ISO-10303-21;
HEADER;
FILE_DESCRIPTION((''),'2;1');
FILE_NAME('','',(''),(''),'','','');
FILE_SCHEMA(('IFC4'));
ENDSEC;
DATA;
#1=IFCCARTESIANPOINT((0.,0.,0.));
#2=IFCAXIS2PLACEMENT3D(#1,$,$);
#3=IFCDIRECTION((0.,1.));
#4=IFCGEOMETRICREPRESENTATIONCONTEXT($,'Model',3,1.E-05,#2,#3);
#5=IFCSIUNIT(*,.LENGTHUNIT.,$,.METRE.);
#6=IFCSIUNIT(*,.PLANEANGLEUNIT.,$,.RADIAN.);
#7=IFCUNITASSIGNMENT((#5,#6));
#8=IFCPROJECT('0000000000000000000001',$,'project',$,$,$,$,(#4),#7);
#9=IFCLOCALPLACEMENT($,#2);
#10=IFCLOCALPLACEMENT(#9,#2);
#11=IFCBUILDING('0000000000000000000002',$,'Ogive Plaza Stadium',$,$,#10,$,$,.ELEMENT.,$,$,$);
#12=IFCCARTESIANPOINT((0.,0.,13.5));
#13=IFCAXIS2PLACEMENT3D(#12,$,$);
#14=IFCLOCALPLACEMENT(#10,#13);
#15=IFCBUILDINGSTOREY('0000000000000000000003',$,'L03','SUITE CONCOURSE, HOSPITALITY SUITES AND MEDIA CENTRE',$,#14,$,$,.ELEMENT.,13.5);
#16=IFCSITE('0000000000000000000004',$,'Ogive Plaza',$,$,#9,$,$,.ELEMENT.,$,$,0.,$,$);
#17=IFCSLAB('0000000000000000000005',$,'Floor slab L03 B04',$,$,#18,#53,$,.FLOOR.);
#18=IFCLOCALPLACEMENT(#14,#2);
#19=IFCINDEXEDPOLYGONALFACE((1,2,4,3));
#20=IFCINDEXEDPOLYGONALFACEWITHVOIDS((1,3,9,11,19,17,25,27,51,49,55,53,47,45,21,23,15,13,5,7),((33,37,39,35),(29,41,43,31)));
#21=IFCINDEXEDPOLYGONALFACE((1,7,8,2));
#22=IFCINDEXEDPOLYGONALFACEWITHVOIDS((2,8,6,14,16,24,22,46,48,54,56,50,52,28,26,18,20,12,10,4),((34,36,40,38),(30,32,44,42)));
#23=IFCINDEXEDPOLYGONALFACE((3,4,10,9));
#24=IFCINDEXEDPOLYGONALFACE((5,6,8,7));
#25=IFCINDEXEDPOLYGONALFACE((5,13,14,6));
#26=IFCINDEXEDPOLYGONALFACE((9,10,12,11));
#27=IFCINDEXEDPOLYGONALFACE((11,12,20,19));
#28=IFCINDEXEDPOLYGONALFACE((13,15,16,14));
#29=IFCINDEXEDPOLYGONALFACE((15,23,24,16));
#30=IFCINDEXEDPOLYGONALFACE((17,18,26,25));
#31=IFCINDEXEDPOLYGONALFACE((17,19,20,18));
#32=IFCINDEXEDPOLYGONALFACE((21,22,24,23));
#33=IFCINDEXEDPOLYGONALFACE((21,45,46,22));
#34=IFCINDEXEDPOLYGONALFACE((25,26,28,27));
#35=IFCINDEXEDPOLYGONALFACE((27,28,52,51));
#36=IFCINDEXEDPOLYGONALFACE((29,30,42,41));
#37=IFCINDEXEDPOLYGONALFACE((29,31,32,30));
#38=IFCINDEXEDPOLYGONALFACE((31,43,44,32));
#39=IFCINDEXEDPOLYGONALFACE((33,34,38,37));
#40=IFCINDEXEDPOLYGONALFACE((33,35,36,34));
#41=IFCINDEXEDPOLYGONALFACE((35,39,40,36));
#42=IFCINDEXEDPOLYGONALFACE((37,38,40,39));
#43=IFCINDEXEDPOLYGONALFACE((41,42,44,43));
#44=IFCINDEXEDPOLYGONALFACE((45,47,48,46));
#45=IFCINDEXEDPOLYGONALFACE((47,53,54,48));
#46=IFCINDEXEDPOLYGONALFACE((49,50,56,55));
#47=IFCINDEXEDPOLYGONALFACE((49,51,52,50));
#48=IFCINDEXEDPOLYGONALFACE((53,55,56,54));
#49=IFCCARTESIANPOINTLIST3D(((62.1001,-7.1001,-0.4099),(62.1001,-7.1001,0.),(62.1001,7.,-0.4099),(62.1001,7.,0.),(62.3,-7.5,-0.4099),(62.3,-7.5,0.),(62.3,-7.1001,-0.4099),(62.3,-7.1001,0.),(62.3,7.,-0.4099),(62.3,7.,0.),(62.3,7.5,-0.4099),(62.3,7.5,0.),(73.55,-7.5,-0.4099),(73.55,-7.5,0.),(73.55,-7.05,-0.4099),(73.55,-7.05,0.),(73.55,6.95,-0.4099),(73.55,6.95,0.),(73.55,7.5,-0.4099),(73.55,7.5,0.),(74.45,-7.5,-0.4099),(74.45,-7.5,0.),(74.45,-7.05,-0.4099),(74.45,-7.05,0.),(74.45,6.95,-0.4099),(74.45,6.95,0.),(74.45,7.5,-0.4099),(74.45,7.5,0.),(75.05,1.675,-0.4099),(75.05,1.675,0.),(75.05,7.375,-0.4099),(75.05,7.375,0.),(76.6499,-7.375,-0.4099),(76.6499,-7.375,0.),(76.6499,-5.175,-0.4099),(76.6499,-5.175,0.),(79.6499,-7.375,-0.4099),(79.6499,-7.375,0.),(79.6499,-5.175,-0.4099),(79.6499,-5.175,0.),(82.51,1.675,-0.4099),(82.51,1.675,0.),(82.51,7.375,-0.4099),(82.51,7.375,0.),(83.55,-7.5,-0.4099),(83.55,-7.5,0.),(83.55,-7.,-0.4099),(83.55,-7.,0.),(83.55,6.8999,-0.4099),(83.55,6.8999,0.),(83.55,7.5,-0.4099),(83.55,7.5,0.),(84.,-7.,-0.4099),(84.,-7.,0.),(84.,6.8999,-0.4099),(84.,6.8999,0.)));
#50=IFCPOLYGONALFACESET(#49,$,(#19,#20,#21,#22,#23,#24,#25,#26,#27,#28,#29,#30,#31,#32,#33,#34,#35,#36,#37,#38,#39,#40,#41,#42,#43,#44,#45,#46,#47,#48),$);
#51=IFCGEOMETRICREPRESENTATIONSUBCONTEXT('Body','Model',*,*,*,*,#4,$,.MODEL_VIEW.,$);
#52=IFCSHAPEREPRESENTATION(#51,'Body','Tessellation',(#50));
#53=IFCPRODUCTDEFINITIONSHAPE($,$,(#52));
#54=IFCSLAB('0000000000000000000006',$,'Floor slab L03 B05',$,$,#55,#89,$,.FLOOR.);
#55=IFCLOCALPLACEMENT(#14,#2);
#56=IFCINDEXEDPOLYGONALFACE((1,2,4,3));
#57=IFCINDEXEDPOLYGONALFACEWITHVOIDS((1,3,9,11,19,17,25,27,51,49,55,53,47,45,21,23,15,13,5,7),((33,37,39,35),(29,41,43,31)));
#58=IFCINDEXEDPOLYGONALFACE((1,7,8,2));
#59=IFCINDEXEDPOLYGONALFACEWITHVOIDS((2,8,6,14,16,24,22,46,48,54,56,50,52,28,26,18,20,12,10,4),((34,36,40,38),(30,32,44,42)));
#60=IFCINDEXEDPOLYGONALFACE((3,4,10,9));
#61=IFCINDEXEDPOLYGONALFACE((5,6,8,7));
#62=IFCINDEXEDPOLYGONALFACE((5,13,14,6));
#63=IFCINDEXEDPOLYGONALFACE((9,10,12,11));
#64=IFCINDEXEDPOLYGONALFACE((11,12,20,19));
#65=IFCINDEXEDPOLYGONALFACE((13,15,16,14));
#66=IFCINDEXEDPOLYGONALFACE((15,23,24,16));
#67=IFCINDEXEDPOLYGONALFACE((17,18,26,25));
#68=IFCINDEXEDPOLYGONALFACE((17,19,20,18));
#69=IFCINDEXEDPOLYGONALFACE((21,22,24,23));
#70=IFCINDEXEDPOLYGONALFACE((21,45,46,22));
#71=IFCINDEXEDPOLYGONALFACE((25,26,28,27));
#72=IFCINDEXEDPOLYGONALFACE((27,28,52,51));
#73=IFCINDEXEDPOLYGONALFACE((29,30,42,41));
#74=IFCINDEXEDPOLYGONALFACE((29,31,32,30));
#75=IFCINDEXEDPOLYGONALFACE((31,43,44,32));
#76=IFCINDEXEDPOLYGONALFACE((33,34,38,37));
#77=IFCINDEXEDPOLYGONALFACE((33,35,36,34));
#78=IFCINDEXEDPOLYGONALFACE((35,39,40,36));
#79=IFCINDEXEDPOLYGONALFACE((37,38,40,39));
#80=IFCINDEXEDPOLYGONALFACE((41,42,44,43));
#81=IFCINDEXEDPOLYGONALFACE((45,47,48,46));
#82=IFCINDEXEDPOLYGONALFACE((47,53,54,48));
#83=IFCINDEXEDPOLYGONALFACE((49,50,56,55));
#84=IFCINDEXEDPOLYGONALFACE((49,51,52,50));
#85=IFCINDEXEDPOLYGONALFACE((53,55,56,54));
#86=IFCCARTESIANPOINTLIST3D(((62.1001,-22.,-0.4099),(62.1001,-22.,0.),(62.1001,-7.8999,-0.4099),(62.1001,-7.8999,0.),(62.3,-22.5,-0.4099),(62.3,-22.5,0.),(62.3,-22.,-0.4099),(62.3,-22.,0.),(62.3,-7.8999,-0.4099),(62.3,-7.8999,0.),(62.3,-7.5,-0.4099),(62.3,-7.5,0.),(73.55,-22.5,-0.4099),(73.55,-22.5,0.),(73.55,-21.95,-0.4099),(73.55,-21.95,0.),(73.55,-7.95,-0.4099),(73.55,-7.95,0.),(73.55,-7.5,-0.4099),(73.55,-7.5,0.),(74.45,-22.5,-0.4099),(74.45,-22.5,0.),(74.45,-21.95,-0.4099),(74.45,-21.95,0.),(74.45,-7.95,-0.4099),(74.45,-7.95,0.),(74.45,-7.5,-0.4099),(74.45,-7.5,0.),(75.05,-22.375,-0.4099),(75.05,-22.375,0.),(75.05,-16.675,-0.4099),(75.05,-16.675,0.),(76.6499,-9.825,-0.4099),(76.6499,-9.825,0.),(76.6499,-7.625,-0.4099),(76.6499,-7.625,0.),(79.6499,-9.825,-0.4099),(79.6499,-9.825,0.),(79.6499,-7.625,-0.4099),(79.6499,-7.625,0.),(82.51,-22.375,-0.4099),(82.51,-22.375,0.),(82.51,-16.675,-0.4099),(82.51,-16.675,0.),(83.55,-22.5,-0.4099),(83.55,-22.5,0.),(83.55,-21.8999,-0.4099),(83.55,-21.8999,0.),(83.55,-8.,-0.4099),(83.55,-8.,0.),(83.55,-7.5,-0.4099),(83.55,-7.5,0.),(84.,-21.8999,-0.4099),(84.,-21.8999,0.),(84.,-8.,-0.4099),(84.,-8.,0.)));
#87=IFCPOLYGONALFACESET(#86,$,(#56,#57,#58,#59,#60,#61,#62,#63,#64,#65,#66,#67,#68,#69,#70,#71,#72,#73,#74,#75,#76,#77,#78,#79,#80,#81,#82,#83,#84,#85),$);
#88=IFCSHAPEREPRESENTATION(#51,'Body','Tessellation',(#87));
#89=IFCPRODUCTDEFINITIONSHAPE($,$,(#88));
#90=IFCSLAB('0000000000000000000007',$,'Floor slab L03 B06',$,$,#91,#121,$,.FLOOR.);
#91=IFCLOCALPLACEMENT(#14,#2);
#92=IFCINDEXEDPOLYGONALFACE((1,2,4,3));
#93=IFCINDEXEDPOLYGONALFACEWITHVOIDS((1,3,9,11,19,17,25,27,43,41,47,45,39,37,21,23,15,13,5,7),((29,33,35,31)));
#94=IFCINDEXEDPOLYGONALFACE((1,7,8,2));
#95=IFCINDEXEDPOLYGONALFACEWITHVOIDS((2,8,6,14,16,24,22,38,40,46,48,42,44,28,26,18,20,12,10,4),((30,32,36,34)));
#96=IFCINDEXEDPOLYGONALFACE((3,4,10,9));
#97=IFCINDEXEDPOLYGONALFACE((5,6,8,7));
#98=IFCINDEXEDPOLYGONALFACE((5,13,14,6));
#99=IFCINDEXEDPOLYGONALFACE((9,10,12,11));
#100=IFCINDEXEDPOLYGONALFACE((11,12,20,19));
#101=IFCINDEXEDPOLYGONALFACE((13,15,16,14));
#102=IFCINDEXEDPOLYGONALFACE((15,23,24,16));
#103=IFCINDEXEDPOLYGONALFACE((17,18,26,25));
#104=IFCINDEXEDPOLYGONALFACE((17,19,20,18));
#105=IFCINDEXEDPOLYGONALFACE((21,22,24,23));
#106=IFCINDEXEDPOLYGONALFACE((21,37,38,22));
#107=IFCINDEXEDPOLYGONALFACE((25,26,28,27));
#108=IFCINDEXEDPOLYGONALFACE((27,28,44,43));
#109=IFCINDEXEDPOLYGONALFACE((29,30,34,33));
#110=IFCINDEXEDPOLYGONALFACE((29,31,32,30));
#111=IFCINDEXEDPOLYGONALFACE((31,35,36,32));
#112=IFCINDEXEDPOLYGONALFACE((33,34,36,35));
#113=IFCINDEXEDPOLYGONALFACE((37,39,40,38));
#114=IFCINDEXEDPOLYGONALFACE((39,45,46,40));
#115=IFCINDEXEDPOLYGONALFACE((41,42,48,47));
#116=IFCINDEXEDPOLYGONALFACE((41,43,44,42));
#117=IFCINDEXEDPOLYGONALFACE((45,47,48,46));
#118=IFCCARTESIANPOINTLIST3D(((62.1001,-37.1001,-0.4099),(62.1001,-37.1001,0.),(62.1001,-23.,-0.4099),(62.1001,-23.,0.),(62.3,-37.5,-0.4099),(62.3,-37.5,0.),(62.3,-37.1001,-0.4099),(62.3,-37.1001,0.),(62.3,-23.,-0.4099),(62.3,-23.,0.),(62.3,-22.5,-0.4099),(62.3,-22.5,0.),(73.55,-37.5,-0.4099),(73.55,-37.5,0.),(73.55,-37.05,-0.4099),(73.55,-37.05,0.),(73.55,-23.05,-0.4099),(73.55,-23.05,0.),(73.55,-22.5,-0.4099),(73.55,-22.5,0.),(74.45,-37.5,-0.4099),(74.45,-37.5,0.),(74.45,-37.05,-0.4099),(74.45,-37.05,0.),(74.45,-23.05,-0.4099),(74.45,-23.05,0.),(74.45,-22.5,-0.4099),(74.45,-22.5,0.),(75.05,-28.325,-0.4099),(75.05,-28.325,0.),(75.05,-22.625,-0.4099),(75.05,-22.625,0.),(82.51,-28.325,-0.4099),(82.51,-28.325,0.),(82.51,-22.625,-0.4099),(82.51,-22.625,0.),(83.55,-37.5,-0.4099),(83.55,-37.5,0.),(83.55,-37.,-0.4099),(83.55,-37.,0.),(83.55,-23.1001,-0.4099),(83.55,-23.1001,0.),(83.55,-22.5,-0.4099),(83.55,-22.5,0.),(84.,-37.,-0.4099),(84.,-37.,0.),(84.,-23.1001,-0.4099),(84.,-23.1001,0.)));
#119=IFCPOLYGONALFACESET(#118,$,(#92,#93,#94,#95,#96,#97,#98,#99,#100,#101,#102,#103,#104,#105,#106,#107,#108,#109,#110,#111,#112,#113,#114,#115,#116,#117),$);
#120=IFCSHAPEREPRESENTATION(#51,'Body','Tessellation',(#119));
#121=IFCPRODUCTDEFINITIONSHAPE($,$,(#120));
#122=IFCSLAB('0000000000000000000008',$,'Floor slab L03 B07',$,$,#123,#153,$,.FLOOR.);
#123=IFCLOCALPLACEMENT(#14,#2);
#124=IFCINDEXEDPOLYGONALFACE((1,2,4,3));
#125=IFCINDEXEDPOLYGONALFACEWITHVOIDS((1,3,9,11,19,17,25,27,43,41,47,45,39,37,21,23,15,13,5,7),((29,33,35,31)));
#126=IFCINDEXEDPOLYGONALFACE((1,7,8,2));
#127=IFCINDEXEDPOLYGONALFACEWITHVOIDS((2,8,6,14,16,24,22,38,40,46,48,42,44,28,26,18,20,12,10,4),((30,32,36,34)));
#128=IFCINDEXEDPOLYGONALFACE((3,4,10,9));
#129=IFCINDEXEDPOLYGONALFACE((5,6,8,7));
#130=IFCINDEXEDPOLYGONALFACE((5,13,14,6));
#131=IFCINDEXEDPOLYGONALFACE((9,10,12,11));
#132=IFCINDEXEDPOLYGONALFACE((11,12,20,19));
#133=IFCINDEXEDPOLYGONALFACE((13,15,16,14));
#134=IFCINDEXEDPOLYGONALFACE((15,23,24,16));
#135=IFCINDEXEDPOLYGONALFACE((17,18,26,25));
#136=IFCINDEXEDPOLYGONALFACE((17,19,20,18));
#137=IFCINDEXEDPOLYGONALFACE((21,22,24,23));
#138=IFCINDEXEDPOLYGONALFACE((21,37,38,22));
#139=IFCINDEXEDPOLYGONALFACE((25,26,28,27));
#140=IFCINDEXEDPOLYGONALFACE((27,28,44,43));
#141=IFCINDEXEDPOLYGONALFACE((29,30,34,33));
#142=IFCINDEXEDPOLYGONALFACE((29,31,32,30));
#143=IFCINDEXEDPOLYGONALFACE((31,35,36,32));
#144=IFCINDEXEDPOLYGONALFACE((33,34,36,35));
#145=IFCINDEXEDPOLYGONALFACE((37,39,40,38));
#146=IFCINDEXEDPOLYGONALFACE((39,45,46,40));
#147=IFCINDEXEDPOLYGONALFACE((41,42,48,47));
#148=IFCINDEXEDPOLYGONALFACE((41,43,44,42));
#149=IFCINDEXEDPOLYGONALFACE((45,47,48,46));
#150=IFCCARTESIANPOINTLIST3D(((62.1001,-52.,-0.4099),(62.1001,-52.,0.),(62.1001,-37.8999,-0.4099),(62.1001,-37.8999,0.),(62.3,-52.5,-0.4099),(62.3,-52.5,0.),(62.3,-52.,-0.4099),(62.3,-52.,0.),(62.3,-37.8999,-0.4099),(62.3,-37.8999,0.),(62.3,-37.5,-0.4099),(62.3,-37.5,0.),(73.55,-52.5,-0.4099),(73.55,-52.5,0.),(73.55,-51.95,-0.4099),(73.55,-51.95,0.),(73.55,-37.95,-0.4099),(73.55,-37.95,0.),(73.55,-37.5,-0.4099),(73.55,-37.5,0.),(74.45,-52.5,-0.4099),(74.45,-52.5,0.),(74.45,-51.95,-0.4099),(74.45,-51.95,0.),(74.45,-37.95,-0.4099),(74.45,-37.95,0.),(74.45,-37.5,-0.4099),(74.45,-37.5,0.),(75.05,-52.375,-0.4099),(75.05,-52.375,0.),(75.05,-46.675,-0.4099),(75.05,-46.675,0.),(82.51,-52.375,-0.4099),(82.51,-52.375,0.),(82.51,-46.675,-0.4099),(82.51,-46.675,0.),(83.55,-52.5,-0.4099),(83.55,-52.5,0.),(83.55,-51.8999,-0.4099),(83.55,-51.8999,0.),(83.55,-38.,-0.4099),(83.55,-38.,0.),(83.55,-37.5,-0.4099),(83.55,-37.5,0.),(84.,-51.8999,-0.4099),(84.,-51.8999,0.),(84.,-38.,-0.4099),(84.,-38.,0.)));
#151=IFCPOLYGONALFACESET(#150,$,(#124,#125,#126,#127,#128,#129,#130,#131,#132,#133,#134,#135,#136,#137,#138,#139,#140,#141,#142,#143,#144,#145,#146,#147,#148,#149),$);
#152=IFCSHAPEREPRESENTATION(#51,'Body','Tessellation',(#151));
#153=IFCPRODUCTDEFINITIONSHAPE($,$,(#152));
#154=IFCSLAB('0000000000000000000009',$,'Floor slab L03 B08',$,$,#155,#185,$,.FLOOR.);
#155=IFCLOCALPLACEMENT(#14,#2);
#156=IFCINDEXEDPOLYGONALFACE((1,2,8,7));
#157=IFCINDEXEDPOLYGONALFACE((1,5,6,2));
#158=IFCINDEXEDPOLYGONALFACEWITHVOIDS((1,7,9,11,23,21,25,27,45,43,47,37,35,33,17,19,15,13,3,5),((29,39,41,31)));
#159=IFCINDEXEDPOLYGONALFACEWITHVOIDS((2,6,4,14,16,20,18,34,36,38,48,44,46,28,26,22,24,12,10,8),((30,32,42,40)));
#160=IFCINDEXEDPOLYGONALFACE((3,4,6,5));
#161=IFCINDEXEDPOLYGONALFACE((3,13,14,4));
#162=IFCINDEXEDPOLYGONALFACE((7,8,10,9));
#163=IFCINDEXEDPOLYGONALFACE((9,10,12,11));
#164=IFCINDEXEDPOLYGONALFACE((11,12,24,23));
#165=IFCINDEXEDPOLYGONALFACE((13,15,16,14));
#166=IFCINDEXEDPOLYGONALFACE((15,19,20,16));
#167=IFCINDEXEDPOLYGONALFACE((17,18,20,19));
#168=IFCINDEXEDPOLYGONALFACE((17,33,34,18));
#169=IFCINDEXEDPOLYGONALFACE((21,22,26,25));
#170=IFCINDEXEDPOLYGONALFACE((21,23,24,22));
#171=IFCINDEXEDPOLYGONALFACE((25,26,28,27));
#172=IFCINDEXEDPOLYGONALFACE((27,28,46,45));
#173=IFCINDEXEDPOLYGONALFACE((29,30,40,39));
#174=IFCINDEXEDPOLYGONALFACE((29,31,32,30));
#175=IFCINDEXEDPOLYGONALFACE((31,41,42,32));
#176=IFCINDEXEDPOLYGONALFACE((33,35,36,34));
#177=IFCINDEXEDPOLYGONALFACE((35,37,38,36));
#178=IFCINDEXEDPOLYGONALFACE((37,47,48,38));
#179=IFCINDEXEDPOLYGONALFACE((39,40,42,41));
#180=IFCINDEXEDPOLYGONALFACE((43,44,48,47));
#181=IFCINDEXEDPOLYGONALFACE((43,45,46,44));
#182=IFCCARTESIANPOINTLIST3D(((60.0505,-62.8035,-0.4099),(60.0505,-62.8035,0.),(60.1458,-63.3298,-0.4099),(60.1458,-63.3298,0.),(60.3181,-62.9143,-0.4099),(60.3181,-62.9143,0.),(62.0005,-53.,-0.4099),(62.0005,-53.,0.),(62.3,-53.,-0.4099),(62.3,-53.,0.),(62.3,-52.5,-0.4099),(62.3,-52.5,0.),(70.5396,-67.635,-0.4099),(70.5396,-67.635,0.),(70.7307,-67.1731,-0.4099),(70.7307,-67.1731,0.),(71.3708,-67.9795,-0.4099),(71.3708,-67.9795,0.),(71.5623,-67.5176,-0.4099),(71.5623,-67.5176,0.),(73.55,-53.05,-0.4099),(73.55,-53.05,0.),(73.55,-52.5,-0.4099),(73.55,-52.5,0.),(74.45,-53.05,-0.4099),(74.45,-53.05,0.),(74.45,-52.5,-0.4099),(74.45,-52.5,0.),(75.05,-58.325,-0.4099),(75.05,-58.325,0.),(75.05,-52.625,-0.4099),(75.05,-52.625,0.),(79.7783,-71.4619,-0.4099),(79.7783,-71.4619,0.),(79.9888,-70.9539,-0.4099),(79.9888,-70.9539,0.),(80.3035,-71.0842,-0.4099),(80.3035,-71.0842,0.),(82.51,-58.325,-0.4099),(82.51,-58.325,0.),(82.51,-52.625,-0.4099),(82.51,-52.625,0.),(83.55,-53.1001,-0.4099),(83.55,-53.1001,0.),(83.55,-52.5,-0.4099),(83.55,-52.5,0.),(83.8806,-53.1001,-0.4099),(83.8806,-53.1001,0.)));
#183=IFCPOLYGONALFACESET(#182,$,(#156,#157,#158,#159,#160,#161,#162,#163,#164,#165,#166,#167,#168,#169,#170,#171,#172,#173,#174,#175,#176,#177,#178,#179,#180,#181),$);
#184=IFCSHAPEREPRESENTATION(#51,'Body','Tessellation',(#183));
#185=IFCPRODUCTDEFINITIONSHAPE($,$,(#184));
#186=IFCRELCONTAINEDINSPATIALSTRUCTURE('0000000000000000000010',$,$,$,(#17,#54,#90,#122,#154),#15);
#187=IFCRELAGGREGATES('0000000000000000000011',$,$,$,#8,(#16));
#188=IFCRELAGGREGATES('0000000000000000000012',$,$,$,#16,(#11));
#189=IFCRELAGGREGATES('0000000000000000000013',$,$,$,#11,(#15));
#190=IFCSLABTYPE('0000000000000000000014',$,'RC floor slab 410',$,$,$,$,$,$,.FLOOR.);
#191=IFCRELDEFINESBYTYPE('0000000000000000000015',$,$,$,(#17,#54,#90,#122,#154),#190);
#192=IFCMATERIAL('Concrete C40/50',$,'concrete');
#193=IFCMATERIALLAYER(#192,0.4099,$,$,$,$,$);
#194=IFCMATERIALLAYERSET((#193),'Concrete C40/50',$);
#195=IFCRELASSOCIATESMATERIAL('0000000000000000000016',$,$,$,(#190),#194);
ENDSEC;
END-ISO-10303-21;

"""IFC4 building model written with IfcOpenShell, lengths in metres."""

from ifc_helpers import new_model, si_unit, direction, frame, origin, place, context, subcontext, project, spatial, polyline, outline, extrude, material, layer, layer_set, type_object, element, save


model = new_model("IFC4")

# Units and contexts
model_context = context("Model", 3, precision=1e-05, world=origin(), true_north=direction((0.0, 1.0)))
body_context = subcontext(model_context, "Body", "Model", "MODEL_VIEW")
ifc_project = project(units=[si_unit("LENGTHUNIT", "METRE"), si_unit("PLANEANGLEUNIT", "RADIAN")], contexts=[model_context])

# Site, building, storey
site_placement = place(None, origin())
site = spatial("IfcSite", under=ifc_project, at=site_placement, Name="Ogive Plaza", CompositionType="ELEMENT", RefElevation=0.0)
building_placement = place(site_placement, origin())
building = spatial("IfcBuilding", under=site, at=building_placement, Name="Ogive Plaza Stadium", CompositionType="ELEMENT")
storey_placement = place(building_placement, frame((0.0, 0.0, 13.5)))
storey = spatial("IfcBuildingStorey", under=building, at=storey_placement, Name="L03", Description="SUITE CONCOURSE, HOSPITALITY SUITES AND MEDIA CENTRE", CompositionType="ELEMENT", Elevation=13.5)

# Slabs
ifc_material_1 = material(Name="Concrete C40/50", Category="concrete")
ifc_layer_1 = layer(ifc_material_1, 0.4099)
ifc_layer_set_1 = layer_set([ifc_layer_1], Name="Concrete C40/50")
slab_type_1 = type_object("IfcSlabType", Name="RC floor slab 410", PredefinedType="FLOOR", material=ifc_layer_set_1)
slab_1_placement = place(storey_placement, frame((0.0, 0.0, -0.4099)))
element("IfcSlab", 1, at=slab_1_placement, inside=storey, type_object=slab_type_1, Name="Floor slab L03 B04", PredefinedType="FLOOR", context=body_context, shape_type="SweptSolid", body=[
    extrude(outline(polyline([(73.55, -7.5), (73.55, -7.05), (74.45, -7.05), (74.45, -7.5), (83.55, -7.5), (83.55, -7.0), (84.0, -7.0), (84.0, 6.8999), (83.55, 6.8999), (83.55, 7.5), (74.45, 7.5), (74.45, 6.95), (73.55, 6.95), (73.55, 7.5), (62.3, 7.5), (62.3, 7.0), (62.1001, 7.0), (62.1001, -7.1001), (62.3, -7.1001), (62.3, -7.5), (73.55, -7.5)]), holes=[polyline([(76.6499, -5.175), (76.6499, -7.375), (79.6499, -7.375), (79.6499, -5.175), (76.6499, -5.175)]), polyline([(75.05, 7.375), (75.05, 1.675), (82.51, 1.675), (82.51, 7.375), (75.05, 7.375)])]), origin(), (0.0, 0.0, 1.0), 0.4099),
])
slab_2_placement = place(storey_placement, frame((0.0, 0.0, -0.4099)))
element("IfcSlab", 2, at=slab_2_placement, inside=storey, type_object=slab_type_1, Name="Floor slab L03 B05", PredefinedType="FLOOR", context=body_context, shape_type="SweptSolid", body=[
    extrude(outline(polyline([(73.55, -22.5), (73.55, -21.95), (74.45, -21.95), (74.45, -22.5), (83.55, -22.5), (83.55, -21.8999), (84.0, -21.8999), (84.0, -8.0), (83.55, -8.0), (83.55, -7.5), (74.45, -7.5), (74.45, -7.95), (73.55, -7.95), (73.55, -7.5), (62.3, -7.5), (62.3, -7.8999), (62.1001, -7.8999), (62.1001, -22.0), (62.3, -22.0), (62.3, -22.5), (73.55, -22.5)]), holes=[polyline([(75.05, -16.675), (75.05, -22.375), (82.51, -22.375), (82.51, -16.675), (75.05, -16.675)]), polyline([(76.6499, -7.625), (76.6499, -9.825), (79.6499, -9.825), (79.6499, -7.625), (76.6499, -7.625)])]), origin(), (0.0, 0.0, 1.0), 0.4099),
])
slab_3_placement = place(storey_placement, frame((0.0, 0.0, -0.4099)))
element("IfcSlab", 3, at=slab_3_placement, inside=storey, type_object=slab_type_1, Name="Floor slab L03 B06", PredefinedType="FLOOR", context=body_context, shape_type="SweptSolid", body=[
    extrude(outline(polyline([(73.55, -37.5), (73.55, -37.05), (74.45, -37.05), (74.45, -37.5), (83.55, -37.5), (83.55, -37.0), (84.0, -37.0), (84.0, -23.1001), (83.55, -23.1001), (83.55, -22.5), (74.45, -22.5), (74.45, -23.05), (73.55, -23.05), (73.55, -22.5), (62.3, -22.5), (62.3, -23.0), (62.1001, -23.0), (62.1001, -37.1001), (62.3, -37.1001), (62.3, -37.5), (73.55, -37.5)]), holes=[polyline([(75.05, -22.625), (75.05, -28.325), (82.51, -28.325), (82.51, -22.625), (75.05, -22.625)])]), origin(), (0.0, 0.0, 1.0), 0.4099),
])
slab_4_placement = place(storey_placement, frame((0.0, 0.0, -0.4099)))
element("IfcSlab", 4, at=slab_4_placement, inside=storey, type_object=slab_type_1, Name="Floor slab L03 B07", PredefinedType="FLOOR", context=body_context, shape_type="SweptSolid", body=[
    extrude(outline(polyline([(73.55, -52.5), (73.55, -51.95), (74.45, -51.95), (74.45, -52.5), (83.55, -52.5), (83.55, -51.8999), (84.0, -51.8999), (84.0, -38.0), (83.55, -38.0), (83.55, -37.5), (74.45, -37.5), (74.45, -37.95), (73.55, -37.95), (73.55, -37.5), (62.3, -37.5), (62.3, -37.8999), (62.1001, -37.8999), (62.1001, -52.0), (62.3, -52.0), (62.3, -52.5), (73.55, -52.5)]), holes=[polyline([(75.05, -52.375), (82.51, -52.375), (82.51, -46.675), (75.05, -46.675), (75.05, -52.375)])]), origin(), (0.0, 0.0, 1.0), 0.4099),
])
slab_5_placement = place(storey_placement, frame((0.0, 0.0, -0.4099)))
element("IfcSlab", 5, at=slab_5_placement, inside=storey, type_object=slab_type_1, Name="Floor slab L03 B08", PredefinedType="FLOOR", context=body_context, shape_type="SweptSolid", body=[
    extrude(outline(polyline([(70.5396, -67.635), (70.7307, -67.1731), (71.5623, -67.5176), (71.3708, -67.9795), (79.7783, -71.4619), (79.9888, -70.9539), (80.3035, -71.0842), (83.8806, -53.1001), (83.55, -53.1001), (83.55, -52.5), (74.45, -52.5), (74.45, -53.05), (73.55, -53.05), (73.55, -52.5), (62.3, -52.5), (62.3, -53.0), (62.0005, -53.0), (60.0505, -62.8035), (60.3181, -62.9143), (60.1458, -63.3298), (70.5396, -67.635)]), holes=[polyline([(75.05, -52.625), (75.05, -58.325), (82.51, -58.325), (82.51, -52.625), (75.05, -52.625)])]), origin(), (0.0, 0.0, 1.0), 0.4099),
])

save(model, "model.ifc")
